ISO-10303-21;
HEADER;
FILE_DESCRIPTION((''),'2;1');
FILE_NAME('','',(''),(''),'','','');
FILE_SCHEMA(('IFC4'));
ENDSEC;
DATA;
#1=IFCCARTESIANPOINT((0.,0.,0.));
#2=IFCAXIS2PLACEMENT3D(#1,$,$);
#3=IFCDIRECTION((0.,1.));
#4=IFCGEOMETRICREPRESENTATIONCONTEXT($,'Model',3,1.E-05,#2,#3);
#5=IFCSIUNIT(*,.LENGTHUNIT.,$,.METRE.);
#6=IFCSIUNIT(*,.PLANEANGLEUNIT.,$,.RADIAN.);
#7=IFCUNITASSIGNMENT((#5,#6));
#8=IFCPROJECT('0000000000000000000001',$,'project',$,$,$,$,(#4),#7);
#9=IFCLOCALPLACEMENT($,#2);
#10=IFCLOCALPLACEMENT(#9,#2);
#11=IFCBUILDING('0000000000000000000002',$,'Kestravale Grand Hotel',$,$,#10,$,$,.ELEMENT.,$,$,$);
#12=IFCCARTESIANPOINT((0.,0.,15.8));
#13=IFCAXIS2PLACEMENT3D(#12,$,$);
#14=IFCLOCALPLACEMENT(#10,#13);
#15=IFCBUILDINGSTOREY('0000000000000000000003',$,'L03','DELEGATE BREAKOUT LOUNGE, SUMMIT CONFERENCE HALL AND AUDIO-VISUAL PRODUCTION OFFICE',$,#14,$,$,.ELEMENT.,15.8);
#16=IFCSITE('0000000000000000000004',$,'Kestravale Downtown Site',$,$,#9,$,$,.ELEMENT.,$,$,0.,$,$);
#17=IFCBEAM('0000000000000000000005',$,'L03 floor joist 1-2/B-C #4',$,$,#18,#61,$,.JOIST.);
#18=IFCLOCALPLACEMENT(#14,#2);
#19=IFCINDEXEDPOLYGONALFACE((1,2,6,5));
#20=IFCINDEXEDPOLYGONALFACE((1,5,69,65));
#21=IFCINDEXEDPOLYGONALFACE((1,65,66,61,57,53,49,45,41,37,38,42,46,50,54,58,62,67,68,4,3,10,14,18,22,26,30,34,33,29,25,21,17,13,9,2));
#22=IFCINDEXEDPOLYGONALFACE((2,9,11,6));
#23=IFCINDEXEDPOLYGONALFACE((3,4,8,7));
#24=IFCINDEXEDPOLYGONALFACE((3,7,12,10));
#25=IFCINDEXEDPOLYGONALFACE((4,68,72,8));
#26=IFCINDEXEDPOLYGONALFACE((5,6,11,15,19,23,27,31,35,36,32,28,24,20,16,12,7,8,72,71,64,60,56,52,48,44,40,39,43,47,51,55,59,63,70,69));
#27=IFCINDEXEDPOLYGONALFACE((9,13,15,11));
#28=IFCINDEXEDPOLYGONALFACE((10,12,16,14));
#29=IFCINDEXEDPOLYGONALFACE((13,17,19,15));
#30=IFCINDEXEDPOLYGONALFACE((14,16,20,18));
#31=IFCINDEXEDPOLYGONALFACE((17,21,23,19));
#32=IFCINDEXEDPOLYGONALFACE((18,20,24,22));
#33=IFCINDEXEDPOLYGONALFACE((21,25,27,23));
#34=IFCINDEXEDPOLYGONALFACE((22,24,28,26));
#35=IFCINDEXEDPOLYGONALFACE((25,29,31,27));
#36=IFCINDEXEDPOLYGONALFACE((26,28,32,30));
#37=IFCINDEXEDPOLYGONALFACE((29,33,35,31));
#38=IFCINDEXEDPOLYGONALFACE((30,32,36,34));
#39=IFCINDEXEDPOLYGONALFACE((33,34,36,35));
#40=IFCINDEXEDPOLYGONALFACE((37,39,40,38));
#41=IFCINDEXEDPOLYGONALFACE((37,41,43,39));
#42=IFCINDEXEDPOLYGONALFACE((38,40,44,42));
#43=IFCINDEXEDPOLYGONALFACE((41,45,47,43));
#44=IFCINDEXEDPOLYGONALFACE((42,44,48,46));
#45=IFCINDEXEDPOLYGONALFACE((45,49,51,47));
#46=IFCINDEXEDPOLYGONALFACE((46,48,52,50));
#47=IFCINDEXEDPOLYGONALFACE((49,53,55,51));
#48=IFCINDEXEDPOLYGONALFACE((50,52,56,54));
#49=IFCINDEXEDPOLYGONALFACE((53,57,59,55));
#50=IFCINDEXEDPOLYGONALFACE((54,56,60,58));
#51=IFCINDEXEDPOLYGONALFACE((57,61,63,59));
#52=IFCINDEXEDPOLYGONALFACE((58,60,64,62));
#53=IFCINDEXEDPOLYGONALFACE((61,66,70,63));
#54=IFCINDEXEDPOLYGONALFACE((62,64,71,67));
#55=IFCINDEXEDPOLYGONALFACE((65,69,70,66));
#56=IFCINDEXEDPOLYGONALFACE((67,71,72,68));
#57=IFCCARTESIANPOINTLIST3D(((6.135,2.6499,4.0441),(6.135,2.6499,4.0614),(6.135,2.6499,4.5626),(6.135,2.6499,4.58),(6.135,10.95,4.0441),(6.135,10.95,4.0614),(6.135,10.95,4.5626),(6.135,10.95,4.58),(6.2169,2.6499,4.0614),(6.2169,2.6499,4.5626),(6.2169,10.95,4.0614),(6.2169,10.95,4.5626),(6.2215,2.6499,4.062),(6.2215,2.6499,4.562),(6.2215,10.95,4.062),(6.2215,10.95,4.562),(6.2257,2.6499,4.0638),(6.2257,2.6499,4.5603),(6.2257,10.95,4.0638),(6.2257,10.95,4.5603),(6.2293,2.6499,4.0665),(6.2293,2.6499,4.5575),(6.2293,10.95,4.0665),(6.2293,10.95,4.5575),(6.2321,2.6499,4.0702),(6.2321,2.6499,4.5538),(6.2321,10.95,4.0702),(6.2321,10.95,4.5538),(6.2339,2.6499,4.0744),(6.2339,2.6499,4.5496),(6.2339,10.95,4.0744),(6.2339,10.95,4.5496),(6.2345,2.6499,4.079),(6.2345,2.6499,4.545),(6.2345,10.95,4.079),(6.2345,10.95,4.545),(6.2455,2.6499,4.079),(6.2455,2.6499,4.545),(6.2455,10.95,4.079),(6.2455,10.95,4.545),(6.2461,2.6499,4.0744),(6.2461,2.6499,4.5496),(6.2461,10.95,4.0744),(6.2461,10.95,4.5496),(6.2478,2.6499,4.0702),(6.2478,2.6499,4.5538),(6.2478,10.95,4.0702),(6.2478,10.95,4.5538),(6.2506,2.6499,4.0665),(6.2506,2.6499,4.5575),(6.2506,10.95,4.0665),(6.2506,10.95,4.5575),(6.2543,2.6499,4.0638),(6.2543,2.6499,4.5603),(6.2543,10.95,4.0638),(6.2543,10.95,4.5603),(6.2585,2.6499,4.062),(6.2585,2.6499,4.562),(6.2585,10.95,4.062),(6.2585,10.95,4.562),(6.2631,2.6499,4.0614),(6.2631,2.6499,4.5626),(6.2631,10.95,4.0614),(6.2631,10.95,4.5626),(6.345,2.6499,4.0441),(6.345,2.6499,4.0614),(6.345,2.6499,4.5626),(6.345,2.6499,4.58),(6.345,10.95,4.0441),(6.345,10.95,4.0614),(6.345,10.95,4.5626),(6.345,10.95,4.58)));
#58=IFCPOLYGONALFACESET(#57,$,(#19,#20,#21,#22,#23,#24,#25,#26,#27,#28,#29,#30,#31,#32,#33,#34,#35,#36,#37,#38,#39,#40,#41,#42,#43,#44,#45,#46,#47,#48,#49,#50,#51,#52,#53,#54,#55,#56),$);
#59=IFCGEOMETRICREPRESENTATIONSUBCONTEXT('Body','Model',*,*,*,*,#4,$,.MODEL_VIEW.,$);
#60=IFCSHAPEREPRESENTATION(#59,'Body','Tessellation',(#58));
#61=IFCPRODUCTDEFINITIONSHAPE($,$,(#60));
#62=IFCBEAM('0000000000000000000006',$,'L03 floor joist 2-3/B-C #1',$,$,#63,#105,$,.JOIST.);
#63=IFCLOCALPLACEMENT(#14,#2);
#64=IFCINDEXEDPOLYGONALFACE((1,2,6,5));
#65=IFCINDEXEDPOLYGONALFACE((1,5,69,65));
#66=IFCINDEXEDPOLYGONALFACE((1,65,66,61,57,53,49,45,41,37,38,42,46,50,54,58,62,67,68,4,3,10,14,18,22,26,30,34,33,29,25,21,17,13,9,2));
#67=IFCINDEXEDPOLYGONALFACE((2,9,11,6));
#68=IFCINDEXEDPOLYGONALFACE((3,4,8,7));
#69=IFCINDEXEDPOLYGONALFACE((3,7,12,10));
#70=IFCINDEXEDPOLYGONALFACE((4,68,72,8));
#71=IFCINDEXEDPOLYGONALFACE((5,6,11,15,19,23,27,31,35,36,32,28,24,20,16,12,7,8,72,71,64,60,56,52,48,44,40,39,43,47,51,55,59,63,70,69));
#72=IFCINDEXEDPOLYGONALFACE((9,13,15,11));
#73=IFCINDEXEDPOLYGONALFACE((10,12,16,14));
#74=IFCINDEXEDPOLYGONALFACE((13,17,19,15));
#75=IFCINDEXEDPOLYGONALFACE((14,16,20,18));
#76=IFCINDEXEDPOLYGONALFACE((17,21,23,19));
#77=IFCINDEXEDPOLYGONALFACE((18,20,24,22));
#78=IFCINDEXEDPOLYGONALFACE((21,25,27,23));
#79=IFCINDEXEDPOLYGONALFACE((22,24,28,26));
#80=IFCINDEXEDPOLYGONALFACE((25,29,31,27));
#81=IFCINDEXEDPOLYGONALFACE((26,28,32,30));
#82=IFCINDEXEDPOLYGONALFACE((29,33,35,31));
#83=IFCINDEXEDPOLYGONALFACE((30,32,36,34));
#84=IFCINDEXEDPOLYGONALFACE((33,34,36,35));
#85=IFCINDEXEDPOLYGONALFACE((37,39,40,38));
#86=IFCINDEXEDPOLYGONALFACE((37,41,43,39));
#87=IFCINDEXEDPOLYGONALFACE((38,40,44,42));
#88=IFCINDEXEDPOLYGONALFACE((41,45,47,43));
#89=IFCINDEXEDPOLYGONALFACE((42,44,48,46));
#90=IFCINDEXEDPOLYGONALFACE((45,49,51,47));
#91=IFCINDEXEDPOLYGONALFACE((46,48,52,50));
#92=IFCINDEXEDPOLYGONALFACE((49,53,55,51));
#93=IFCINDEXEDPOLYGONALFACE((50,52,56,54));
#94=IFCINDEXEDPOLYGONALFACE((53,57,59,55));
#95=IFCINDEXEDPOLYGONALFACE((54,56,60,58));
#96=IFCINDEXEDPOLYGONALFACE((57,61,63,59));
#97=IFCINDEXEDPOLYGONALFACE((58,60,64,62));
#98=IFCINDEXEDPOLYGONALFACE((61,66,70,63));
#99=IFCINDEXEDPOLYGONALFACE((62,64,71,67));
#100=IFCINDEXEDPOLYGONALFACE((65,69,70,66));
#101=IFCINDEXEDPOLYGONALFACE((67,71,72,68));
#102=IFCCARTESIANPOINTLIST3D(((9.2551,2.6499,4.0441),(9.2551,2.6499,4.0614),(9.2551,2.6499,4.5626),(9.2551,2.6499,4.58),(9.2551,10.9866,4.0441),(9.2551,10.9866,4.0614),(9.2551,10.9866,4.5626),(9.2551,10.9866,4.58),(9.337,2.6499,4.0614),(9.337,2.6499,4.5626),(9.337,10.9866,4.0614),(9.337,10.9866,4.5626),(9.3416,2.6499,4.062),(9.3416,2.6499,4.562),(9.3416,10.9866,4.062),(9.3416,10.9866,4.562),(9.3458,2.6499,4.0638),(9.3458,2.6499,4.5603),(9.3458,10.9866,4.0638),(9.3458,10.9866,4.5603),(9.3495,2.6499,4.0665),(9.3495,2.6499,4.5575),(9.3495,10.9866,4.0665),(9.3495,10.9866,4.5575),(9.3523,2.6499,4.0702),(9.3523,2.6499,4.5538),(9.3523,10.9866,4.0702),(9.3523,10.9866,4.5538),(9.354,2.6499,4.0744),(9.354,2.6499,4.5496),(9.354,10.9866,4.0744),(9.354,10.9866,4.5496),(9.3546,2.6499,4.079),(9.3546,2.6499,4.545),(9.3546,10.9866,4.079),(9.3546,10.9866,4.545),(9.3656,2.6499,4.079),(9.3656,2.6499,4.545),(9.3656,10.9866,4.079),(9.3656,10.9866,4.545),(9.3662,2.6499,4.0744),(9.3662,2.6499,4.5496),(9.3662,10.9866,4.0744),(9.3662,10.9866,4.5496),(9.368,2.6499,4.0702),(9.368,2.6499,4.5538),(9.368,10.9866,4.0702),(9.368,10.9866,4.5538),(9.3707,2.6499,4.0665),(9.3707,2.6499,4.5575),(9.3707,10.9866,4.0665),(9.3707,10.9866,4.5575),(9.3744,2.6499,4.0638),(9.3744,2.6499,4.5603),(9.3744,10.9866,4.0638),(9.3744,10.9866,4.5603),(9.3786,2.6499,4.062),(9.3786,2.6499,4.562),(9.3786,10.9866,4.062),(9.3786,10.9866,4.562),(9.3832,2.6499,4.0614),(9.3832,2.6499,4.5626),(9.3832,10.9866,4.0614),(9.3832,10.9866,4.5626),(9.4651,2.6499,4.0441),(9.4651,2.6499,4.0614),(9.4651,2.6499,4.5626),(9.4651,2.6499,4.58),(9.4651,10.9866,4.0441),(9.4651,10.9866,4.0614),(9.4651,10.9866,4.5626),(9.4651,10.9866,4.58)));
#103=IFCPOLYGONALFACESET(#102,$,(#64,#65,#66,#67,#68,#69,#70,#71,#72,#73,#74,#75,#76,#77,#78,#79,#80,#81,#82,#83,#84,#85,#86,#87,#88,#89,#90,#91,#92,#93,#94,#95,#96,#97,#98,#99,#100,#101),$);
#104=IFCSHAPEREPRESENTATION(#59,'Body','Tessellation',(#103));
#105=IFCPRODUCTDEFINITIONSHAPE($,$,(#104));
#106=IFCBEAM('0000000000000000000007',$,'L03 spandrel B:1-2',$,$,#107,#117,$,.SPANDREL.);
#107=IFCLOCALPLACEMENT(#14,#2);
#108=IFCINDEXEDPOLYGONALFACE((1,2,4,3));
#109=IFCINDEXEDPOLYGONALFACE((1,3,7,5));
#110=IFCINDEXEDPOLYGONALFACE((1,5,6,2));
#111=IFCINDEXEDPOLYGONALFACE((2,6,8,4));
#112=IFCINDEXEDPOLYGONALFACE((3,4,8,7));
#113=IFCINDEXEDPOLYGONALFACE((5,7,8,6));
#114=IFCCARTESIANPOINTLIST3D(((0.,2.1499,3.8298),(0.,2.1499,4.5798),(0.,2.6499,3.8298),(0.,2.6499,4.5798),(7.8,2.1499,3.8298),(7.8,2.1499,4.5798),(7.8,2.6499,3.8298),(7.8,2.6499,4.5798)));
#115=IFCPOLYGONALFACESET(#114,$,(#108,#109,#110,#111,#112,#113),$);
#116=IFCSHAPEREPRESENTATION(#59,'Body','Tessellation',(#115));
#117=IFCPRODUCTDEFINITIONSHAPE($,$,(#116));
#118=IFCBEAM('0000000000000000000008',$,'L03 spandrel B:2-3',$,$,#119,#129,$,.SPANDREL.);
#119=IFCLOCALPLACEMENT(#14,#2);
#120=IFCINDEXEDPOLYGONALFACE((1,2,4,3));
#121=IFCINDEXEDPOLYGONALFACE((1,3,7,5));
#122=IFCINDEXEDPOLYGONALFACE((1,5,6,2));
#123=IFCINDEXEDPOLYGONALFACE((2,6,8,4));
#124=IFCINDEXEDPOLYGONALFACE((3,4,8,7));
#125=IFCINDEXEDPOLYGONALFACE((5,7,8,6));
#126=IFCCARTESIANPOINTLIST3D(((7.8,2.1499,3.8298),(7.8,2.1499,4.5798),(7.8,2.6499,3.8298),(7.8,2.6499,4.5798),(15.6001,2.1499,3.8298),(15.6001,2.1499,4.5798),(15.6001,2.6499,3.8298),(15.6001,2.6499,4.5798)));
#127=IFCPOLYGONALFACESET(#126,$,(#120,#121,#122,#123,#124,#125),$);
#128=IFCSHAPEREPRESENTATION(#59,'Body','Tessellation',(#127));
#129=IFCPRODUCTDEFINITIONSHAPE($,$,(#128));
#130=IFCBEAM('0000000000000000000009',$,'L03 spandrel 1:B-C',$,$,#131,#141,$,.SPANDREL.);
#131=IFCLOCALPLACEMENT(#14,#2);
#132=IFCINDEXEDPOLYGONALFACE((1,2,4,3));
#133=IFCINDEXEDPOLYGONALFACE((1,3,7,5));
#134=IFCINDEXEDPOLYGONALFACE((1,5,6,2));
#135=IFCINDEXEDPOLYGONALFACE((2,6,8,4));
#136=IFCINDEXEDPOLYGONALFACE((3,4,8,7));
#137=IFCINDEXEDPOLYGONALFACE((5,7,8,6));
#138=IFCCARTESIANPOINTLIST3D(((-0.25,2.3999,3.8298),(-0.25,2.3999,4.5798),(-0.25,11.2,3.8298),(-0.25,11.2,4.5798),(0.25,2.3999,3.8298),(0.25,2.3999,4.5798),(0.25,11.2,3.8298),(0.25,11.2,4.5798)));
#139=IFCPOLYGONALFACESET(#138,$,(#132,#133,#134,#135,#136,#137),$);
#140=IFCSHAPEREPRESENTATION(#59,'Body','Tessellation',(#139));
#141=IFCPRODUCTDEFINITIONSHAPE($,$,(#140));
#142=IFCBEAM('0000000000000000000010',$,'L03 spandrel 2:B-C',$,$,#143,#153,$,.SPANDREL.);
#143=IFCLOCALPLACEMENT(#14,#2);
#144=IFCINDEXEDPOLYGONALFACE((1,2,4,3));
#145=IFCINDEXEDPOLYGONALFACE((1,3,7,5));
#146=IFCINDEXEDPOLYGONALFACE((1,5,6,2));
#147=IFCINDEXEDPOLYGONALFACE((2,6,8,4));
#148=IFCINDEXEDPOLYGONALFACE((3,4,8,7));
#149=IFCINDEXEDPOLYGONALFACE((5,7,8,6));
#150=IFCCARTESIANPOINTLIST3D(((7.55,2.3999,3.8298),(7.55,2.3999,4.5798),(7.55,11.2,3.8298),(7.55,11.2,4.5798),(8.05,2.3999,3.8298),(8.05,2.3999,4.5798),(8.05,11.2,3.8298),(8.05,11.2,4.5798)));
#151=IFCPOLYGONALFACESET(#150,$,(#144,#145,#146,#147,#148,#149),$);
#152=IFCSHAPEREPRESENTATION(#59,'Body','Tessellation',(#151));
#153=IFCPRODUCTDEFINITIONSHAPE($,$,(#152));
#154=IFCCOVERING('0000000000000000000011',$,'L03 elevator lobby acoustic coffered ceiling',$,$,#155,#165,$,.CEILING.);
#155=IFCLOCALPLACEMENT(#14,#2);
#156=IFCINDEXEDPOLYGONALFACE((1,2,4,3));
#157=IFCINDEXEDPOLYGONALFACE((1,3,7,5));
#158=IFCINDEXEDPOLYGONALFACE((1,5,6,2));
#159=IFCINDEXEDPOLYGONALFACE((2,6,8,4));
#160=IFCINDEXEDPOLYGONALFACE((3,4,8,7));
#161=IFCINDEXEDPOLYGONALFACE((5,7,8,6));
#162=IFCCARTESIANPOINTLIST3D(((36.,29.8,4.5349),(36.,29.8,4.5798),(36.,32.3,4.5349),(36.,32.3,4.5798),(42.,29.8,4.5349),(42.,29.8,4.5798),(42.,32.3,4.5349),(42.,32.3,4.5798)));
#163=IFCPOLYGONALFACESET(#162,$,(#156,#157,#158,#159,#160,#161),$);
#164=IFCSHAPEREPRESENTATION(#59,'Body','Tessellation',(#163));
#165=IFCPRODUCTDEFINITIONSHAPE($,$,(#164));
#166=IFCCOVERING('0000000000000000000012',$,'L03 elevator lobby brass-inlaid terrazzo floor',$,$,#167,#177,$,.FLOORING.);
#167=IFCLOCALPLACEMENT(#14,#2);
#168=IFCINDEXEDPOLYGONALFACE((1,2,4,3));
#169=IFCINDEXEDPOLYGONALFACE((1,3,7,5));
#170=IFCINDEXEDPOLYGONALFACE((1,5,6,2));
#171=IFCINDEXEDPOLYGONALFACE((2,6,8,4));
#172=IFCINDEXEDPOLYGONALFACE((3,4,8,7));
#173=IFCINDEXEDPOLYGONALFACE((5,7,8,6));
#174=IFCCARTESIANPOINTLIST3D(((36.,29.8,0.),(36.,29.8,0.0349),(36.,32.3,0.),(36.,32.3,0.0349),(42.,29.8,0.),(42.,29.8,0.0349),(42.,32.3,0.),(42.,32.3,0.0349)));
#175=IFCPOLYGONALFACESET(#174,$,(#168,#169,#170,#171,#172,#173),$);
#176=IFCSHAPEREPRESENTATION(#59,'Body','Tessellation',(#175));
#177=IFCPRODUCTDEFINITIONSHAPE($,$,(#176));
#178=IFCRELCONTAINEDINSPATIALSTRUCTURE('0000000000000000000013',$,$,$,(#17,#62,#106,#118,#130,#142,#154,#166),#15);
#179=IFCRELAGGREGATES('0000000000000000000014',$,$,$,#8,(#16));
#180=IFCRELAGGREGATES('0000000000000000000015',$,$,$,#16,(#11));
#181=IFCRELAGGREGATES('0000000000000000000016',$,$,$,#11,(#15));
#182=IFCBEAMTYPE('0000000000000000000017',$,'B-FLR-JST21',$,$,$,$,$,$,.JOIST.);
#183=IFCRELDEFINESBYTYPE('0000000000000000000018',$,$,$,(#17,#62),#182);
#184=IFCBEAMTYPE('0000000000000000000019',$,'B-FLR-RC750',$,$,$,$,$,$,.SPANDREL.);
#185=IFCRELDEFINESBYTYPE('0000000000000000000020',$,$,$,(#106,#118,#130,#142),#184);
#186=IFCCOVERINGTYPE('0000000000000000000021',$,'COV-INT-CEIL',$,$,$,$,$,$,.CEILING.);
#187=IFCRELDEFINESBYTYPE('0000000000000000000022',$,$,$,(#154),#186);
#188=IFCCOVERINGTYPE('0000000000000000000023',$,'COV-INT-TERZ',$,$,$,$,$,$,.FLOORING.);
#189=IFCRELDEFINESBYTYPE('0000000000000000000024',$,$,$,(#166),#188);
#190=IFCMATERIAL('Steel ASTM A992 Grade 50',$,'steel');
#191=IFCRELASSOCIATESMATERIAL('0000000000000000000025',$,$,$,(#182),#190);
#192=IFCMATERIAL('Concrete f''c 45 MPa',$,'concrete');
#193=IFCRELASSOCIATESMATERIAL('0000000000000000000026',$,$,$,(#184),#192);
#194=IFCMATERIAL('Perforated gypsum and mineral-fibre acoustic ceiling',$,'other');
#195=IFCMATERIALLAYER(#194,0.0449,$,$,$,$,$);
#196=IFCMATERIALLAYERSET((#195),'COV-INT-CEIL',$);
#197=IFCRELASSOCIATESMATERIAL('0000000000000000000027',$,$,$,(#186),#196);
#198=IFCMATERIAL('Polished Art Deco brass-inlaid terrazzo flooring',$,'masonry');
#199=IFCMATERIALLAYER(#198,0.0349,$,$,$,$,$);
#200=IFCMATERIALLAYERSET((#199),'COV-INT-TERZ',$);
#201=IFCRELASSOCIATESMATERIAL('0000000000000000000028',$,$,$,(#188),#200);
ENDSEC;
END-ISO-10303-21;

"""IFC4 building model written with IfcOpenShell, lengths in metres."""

from ifc_helpers import new_model, si_unit, direction, frame, origin, origin_2d, place, context, subcontext, project, spatial, polyline, rectangle, i_section, outline, extrude, material, layer, layer_set, material_profile, profile_set, type_object, element, save


model = new_model("IFC4")

# Units and contexts
model_context = context("Model", 3, precision=1e-05, world=origin(), true_north=direction((0.0, 1.0)))
body_context = subcontext(model_context, "Body", "Model", "MODEL_VIEW")
ifc_project = project(units=[si_unit("LENGTHUNIT", "METRE"), si_unit("PLANEANGLEUNIT", "RADIAN")], contexts=[model_context])

# Site, building, storey
site_placement = place(None, origin())
site = spatial("IfcSite", under=ifc_project, at=site_placement, Name="Kestravale Downtown Site", CompositionType="ELEMENT", RefElevation=0.0)
building_placement = place(site_placement, origin())
building = spatial("IfcBuilding", under=site, at=building_placement, Name="Kestravale Grand Hotel", CompositionType="ELEMENT")
storey_placement = place(building_placement, frame((0.0, 0.0, 15.8)))
storey = spatial("IfcBuildingStorey", under=building, at=storey_placement, Name="L03", Description="DELEGATE BREAKOUT LOUNGE, SUMMIT CONFERENCE HALL AND AUDIO-VISUAL PRODUCTION OFFICE", CompositionType="ELEMENT", Elevation=15.8)

# Beams
ifc_material_1 = material(Name="Steel ASTM A992 Grade 50", Category="steel")
ifc_material_profile_1 = material_profile(ifc_material_1, i_section(OverallWidth=0.21, OverallDepth=0.5359, WebThickness=0.011, FlangeThickness=0.0173, FilletRadius=0.0176, at=origin_2d()))
ifc_profile_set_1 = profile_set([ifc_material_profile_1], Name="Steel ASTM A992 Grade 50")
beam_type_1 = type_object("IfcBeamType", Name="B-FLR-JST21", PredefinedType="JOIST", material=ifc_profile_set_1)
for number, where, z_axis, x_axis, name in (
    (1, (6.24, 2.6499, 4.312), (0.0, 1.0, 0.0), (-1.0, 0.0, 0.0), "L03 floor joist 1-2/B-C #4"),
):
    element("IfcBeam", number, at=place(storey_placement, frame(where, z_axis=z_axis, x_axis=x_axis)), inside=storey, type_object=beam_type_1, Name=name, PredefinedType="JOIST", context=body_context, shape_type="SweptSolid", body=[
        extrude(i_section(OverallWidth=0.21, OverallDepth=0.5359, WebThickness=0.011, FlangeThickness=0.0173, FilletRadius=0.0176, at=origin_2d()), origin(), (0.0, 0.0, 1.0), 8.3),
    ])
beam_placement = place(storey_placement, frame((9.3601, 2.6499, 4.312), z_axis=(0.0, 1.0, 0.0), x_axis=(-1.0, 0.0, 0.0)))
element("IfcBeam", 2, at=beam_placement, inside=storey, type_object=beam_type_1, Name="L03 floor joist 2-3/B-C #1", PredefinedType="JOIST", context=body_context, shape_type="SweptSolid", body=[
    extrude(i_section(OverallWidth=0.21, OverallDepth=0.5359, WebThickness=0.011, FlangeThickness=0.0173, FilletRadius=0.0176, at=origin_2d()), origin(), (0.0, 0.0, 1.0), 8.3367),
])
ifc_material_2 = material(Name="Concrete f'c 45 MPa", Category="concrete")
ifc_material_profile_2 = material_profile(ifc_material_2, rectangle(XDim=0.5, YDim=0.75, at=origin_2d()))
ifc_profile_set_2 = profile_set([ifc_material_profile_2], Name="Concrete f'c 45 MPa")
beam_type_2 = type_object("IfcBeamType", Name="B-FLR-RC750", PredefinedType="SPANDREL", material=ifc_profile_set_2)
for number, where, z_axis, x_axis, name in (
    (3, (0.0, 2.3999, 4.2048), (1.0, 0.0, 0.0), (0.0, 1.0, 0.0), "L03 spandrel B:1-2"),
    (4, (7.8, 2.3999, 4.2048), (1.0, 0.0, 0.0), (0.0, 1.0, 0.0), "L03 spandrel B:2-3"),
):
    element("IfcBeam", number, at=place(storey_placement, frame(where, z_axis=z_axis, x_axis=x_axis)), inside=storey, type_object=beam_type_2, Name=name, PredefinedType="SPANDREL", context=body_context, shape_type="SweptSolid", body=[
        extrude(rectangle(XDim=0.5, YDim=0.75, at=origin_2d()), origin(), (0.0, 0.0, 1.0), 7.8),
    ])
for number, where, z_axis, x_axis, name in (
    (5, (0.0, 2.3999, 4.2048), (0.0, 1.0, 0.0), (-1.0, 0.0, 0.0), "L03 spandrel 1:B-C"),
    (6, (7.8, 2.3999, 4.2048), (0.0, 1.0, 0.0), (-1.0, 0.0, 0.0), "L03 spandrel 2:B-C"),
):
    element("IfcBeam", number, at=place(storey_placement, frame(where, z_axis=z_axis, x_axis=x_axis)), inside=storey, type_object=beam_type_2, Name=name, PredefinedType="SPANDREL", context=body_context, shape_type="SweptSolid", body=[
        extrude(rectangle(XDim=0.5, YDim=0.75, at=origin_2d()), origin(), (0.0, 0.0, 1.0), 8.8),
    ])

# Coverings
ifc_material_3 = material(Name="Perforated gypsum and mineral-fibre acoustic ceiling", Category="other")
ifc_layer_1 = layer(ifc_material_3, 0.0449)
ifc_layer_set_1 = layer_set([ifc_layer_1], Name="COV-INT-CEIL")
covering_type_1 = type_object("IfcCoveringType", Name="COV-INT-CEIL", PredefinedType="CEILING", material=ifc_layer_set_1)
covering_1_placement = place(storey_placement, frame((0.0, 0.0, 4.5349)))
element("IfcCovering", 7, at=covering_1_placement, inside=storey, type_object=covering_type_1, Name="L03 elevator lobby acoustic coffered ceiling", PredefinedType="CEILING", context=body_context, shape_type="SweptSolid", body=[
    extrude(outline(polyline([(36.0, 29.8), (42.0, 29.8), (42.0, 32.3), (36.0, 32.3), (36.0, 29.8)])), origin(), (0.0, 0.0, 1.0), 0.0449),
])
ifc_material_4 = material(Name="Polished Art Deco brass-inlaid terrazzo flooring", Category="masonry")
ifc_layer_2 = layer(ifc_material_4, 0.0349)
ifc_layer_set_2 = layer_set([ifc_layer_2], Name="COV-INT-TERZ")
covering_type_2 = type_object("IfcCoveringType", Name="COV-INT-TERZ", PredefinedType="FLOORING", material=ifc_layer_set_2)
covering_2_placement = place(storey_placement, origin())
element("IfcCovering", 8, at=covering_2_placement, inside=storey, type_object=covering_type_2, Name="L03 elevator lobby brass-inlaid terrazzo floor", PredefinedType="FLOORING", context=body_context, shape_type="SweptSolid", body=[
    extrude(outline(polyline([(36.0, 29.8), (42.0, 29.8), (42.0, 32.3), (36.0, 32.3), (36.0, 29.8)])), origin(), (0.0, 0.0, 1.0), 0.0349),
])

save(model, "model.ifc")
